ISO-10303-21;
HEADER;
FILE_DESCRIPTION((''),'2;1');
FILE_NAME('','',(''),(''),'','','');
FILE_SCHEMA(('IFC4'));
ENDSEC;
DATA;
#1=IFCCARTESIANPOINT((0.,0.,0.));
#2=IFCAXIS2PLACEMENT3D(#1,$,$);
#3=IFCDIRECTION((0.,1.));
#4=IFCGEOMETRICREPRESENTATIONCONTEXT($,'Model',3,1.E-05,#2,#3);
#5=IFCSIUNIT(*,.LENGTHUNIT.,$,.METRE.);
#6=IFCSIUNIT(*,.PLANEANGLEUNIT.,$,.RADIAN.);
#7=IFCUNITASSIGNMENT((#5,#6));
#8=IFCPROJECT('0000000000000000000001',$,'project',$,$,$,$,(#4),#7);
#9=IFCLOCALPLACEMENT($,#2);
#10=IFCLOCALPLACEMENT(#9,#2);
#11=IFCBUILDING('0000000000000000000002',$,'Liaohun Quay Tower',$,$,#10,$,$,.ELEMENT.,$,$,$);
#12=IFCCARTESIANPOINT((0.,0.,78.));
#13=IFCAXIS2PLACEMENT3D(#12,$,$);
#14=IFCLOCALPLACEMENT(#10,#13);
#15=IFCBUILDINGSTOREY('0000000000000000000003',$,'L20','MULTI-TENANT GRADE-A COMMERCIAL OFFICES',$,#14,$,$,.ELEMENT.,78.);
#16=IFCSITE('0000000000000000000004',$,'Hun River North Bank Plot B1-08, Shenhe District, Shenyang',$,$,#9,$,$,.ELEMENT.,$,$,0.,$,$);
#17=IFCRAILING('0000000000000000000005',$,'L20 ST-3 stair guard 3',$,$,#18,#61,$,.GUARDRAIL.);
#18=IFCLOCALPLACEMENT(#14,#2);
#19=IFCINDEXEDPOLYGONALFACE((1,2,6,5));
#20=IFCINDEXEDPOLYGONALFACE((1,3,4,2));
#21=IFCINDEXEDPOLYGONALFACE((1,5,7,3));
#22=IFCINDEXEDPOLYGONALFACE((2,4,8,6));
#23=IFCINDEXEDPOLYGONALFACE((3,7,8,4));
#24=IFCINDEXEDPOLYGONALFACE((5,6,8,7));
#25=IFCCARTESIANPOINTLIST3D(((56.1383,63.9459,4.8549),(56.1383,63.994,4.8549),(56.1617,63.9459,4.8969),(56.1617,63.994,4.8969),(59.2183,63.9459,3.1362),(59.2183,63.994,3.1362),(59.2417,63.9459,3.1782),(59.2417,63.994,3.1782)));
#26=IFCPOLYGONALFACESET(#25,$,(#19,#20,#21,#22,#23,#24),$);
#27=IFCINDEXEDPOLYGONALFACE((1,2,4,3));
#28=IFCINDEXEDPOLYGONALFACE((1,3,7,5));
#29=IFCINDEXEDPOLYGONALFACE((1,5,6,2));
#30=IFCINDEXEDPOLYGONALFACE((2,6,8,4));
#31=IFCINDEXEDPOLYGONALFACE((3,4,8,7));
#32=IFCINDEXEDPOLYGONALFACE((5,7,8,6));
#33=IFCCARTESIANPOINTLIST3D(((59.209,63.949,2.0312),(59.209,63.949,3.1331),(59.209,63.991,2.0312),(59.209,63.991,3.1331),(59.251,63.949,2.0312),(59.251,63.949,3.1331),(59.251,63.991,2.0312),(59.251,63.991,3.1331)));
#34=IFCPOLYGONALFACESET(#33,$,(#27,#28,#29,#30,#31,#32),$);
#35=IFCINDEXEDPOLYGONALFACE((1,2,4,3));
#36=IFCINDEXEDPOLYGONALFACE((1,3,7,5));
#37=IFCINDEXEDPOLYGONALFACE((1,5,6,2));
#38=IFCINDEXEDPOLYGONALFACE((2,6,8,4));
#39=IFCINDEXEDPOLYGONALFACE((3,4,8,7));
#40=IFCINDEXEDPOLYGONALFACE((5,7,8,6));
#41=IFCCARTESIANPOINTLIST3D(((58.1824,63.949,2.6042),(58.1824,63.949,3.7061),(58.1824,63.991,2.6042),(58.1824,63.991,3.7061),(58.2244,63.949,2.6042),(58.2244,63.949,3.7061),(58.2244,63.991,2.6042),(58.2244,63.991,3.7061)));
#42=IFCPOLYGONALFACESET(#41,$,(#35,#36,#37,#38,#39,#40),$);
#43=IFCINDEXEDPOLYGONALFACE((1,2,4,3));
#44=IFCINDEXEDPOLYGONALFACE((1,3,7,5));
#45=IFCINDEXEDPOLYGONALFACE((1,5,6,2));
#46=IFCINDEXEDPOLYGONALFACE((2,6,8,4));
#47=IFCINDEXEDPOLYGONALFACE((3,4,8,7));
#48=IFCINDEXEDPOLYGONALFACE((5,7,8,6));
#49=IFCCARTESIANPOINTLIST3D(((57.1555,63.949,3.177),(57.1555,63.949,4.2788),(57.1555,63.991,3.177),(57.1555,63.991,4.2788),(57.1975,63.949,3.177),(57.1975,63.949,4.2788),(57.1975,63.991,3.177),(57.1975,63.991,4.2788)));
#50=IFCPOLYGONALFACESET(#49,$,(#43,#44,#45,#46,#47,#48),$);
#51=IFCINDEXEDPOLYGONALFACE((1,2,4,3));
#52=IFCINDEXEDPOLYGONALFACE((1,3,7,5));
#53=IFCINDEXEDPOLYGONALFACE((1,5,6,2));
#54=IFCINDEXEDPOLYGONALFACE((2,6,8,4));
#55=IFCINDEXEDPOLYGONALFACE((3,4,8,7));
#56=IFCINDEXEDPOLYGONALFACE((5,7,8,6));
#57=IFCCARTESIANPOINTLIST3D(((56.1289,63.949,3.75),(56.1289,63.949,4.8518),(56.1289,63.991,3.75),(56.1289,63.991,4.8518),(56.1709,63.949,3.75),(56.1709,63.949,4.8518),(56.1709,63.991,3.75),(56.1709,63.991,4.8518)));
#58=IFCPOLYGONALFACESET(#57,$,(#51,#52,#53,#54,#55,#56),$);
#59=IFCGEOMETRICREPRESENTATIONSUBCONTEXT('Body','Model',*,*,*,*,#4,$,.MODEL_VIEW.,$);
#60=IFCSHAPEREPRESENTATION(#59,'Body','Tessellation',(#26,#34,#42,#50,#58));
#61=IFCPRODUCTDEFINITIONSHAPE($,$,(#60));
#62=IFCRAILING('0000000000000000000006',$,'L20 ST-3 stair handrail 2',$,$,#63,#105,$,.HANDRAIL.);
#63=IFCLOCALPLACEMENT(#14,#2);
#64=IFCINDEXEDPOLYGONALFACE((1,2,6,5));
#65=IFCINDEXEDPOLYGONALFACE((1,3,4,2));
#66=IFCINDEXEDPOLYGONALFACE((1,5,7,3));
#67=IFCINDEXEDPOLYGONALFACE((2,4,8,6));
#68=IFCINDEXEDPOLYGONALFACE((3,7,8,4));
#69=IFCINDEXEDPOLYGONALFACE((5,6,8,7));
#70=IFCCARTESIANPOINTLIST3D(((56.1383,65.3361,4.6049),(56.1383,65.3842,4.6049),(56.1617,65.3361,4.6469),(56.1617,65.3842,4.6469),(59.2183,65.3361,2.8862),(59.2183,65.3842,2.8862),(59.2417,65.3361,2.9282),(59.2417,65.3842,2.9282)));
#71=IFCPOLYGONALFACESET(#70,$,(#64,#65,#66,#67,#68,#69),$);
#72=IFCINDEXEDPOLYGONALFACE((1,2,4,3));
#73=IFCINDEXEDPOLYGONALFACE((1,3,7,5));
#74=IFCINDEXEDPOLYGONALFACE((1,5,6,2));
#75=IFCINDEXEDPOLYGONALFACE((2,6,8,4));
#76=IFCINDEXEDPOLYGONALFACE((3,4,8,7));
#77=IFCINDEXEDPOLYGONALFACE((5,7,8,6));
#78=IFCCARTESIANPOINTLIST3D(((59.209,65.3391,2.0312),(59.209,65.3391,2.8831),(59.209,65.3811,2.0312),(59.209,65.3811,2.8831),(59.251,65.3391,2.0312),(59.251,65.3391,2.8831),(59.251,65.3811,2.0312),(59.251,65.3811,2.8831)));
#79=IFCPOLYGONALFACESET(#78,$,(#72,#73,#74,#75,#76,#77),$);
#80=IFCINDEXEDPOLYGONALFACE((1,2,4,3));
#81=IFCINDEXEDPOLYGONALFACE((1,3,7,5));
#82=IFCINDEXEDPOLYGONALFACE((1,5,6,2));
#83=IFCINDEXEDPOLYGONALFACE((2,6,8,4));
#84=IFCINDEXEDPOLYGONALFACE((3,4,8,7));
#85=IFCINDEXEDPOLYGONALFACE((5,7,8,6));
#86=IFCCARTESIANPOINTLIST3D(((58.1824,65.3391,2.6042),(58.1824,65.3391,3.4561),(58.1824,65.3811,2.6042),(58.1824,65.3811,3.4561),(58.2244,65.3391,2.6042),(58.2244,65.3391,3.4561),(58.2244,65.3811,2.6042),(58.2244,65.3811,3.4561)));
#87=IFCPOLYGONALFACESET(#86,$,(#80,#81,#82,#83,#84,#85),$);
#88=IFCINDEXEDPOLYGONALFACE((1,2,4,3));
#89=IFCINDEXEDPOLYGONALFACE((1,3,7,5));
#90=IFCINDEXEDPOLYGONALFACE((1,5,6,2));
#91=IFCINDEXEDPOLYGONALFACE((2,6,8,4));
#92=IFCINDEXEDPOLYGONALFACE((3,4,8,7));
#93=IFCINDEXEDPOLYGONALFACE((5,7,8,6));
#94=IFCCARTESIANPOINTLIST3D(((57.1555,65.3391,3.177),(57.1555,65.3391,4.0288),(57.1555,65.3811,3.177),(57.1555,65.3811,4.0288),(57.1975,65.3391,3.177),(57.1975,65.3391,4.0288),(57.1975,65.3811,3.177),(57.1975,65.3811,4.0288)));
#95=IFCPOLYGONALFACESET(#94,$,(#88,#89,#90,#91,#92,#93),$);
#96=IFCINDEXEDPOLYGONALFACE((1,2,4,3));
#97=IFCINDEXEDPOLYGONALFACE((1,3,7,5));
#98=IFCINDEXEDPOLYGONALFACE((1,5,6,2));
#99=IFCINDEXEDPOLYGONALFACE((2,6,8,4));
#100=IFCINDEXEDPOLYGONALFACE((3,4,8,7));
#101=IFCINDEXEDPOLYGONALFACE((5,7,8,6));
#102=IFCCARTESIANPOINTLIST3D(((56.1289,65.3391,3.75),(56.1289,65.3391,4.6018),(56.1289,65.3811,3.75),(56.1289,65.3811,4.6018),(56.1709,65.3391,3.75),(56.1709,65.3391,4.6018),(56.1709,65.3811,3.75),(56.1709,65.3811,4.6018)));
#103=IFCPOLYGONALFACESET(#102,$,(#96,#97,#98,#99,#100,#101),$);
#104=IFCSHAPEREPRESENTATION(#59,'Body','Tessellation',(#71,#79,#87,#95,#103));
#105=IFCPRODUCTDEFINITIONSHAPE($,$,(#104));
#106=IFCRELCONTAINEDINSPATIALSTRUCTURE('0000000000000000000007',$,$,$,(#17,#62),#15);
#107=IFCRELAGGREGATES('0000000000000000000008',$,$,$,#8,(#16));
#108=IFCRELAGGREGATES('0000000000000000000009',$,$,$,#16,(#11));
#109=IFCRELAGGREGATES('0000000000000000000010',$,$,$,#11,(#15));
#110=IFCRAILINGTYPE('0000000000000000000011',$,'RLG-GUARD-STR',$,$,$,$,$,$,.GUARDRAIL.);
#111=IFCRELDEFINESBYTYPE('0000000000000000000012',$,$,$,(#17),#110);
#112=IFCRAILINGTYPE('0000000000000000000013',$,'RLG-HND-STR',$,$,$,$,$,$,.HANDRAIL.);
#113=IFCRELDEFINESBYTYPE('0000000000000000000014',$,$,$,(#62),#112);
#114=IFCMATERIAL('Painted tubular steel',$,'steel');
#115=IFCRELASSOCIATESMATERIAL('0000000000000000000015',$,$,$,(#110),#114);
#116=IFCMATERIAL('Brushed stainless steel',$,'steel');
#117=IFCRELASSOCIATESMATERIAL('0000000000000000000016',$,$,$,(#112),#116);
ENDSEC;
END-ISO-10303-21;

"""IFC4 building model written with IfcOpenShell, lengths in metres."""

from ifc_helpers import new_model, si_unit, direction, frame, origin, origin_2d, place, context, subcontext, project, spatial, rectangle, extrude, material, type_object, element, save


model = new_model("IFC4")

# Units and contexts
model_context = context("Model", 3, precision=1e-05, world=origin(), true_north=direction((0.0, 1.0)))
body_context = subcontext(model_context, "Body", "Model", "MODEL_VIEW")
ifc_project = project(units=[si_unit("LENGTHUNIT", "METRE"), si_unit("PLANEANGLEUNIT", "RADIAN")], contexts=[model_context])

# Site, building, storey
site_placement = place(None, origin())
site = spatial("IfcSite", under=ifc_project, at=site_placement, Name="Hun River North Bank Plot B1-08, Shenhe District, Shenyang", CompositionType="ELEMENT", RefElevation=0.0)
building_placement = place(site_placement, origin())
building = spatial("IfcBuilding", under=site, at=building_placement, Name="Liaohun Quay Tower", CompositionType="ELEMENT")
storey_placement = place(building_placement, frame((0.0, 0.0, 78.0)))
storey = spatial("IfcBuildingStorey", under=building, at=storey_placement, Name="L20", Description="MULTI-TENANT GRADE-A COMMERCIAL OFFICES", CompositionType="ELEMENT", Elevation=78.0)

# Railings
ifc_material_1 = material(Name="Painted tubular steel", Category="steel")
railing_type_1 = type_object("IfcRailingType", Name="RLG-GUARD-STR", PredefinedType="GUARDRAIL", material=ifc_material_1)
railing_1_placement = place(storey_placement, frame((59.23, 63.97, 2.0312)))
element("IfcRailing", 1, at=railing_1_placement, inside=storey, type_object=railing_type_1, Name="L20 ST-3 stair guard 3", PredefinedType="GUARDRAIL", context=body_context, shape_type="SweptSolid", body=[
    extrude(rectangle(XDim=0.0481, YDim=0.0481, at=origin_2d()), frame((0.0, 0.0, 1.126), z_axis=(-0.873242, 0.0, 0.487288), x_axis=(0.0, -1.0, 0.0)), (0.0, 0.0, 1.0), 3.5271),
    extrude(rectangle(XDim=0.042, YDim=0.042, at=origin_2d()), origin(), (0.0, 0.0, 1.0), 1.1018),
    extrude(rectangle(XDim=0.042, YDim=0.042, at=origin_2d()), frame((-1.0266, 0.0, 0.573)), (0.0, 0.0, 1.0), 1.1018),
    extrude(rectangle(XDim=0.042, YDim=0.042, at=origin_2d()), frame((-2.0535, 0.0, 1.1458)), (0.0, 0.0, 1.0), 1.1018),
    extrude(rectangle(XDim=0.042, YDim=0.042, at=origin_2d()), frame((-3.0801, 0.0, 1.7188)), (0.0, 0.0, 1.0), 1.1018),
])
ifc_material_2 = material(Name="Brushed stainless steel", Category="steel")
railing_type_2 = type_object("IfcRailingType", Name="RLG-HND-STR", PredefinedType="HANDRAIL", material=ifc_material_2)
railing_2_placement = place(storey_placement, frame((59.23, 65.3601, 2.0312)))
element("IfcRailing", 2, at=railing_2_placement, inside=storey, type_object=railing_type_2, Name="L20 ST-3 stair handrail 2", PredefinedType="HANDRAIL", context=body_context, shape_type="SweptSolid", body=[
    extrude(rectangle(XDim=0.0481, YDim=0.0481, at=origin_2d()), frame((0.0, 0.0, 0.876), z_axis=(-0.873242, 0.0, 0.487288), x_axis=(0.0, -1.0, 0.0)), (0.0, 0.0, 1.0), 3.5271),
    extrude(rectangle(XDim=0.042, YDim=0.042, at=origin_2d()), origin(), (0.0, 0.0, 1.0), 0.8518),
    extrude(rectangle(XDim=0.042, YDim=0.042, at=origin_2d()), frame((-1.0266, 0.0, 0.573)), (0.0, 0.0, 1.0), 0.8518),
    extrude(rectangle(XDim=0.042, YDim=0.042, at=origin_2d()), frame((-2.0535, 0.0, 1.1458)), (0.0, 0.0, 1.0), 0.8518),
    extrude(rectangle(XDim=0.042, YDim=0.042, at=origin_2d()), frame((-3.0801, 0.0, 1.7188)), (0.0, 0.0, 1.0), 0.8518),
])

save(model, "model.ifc")
